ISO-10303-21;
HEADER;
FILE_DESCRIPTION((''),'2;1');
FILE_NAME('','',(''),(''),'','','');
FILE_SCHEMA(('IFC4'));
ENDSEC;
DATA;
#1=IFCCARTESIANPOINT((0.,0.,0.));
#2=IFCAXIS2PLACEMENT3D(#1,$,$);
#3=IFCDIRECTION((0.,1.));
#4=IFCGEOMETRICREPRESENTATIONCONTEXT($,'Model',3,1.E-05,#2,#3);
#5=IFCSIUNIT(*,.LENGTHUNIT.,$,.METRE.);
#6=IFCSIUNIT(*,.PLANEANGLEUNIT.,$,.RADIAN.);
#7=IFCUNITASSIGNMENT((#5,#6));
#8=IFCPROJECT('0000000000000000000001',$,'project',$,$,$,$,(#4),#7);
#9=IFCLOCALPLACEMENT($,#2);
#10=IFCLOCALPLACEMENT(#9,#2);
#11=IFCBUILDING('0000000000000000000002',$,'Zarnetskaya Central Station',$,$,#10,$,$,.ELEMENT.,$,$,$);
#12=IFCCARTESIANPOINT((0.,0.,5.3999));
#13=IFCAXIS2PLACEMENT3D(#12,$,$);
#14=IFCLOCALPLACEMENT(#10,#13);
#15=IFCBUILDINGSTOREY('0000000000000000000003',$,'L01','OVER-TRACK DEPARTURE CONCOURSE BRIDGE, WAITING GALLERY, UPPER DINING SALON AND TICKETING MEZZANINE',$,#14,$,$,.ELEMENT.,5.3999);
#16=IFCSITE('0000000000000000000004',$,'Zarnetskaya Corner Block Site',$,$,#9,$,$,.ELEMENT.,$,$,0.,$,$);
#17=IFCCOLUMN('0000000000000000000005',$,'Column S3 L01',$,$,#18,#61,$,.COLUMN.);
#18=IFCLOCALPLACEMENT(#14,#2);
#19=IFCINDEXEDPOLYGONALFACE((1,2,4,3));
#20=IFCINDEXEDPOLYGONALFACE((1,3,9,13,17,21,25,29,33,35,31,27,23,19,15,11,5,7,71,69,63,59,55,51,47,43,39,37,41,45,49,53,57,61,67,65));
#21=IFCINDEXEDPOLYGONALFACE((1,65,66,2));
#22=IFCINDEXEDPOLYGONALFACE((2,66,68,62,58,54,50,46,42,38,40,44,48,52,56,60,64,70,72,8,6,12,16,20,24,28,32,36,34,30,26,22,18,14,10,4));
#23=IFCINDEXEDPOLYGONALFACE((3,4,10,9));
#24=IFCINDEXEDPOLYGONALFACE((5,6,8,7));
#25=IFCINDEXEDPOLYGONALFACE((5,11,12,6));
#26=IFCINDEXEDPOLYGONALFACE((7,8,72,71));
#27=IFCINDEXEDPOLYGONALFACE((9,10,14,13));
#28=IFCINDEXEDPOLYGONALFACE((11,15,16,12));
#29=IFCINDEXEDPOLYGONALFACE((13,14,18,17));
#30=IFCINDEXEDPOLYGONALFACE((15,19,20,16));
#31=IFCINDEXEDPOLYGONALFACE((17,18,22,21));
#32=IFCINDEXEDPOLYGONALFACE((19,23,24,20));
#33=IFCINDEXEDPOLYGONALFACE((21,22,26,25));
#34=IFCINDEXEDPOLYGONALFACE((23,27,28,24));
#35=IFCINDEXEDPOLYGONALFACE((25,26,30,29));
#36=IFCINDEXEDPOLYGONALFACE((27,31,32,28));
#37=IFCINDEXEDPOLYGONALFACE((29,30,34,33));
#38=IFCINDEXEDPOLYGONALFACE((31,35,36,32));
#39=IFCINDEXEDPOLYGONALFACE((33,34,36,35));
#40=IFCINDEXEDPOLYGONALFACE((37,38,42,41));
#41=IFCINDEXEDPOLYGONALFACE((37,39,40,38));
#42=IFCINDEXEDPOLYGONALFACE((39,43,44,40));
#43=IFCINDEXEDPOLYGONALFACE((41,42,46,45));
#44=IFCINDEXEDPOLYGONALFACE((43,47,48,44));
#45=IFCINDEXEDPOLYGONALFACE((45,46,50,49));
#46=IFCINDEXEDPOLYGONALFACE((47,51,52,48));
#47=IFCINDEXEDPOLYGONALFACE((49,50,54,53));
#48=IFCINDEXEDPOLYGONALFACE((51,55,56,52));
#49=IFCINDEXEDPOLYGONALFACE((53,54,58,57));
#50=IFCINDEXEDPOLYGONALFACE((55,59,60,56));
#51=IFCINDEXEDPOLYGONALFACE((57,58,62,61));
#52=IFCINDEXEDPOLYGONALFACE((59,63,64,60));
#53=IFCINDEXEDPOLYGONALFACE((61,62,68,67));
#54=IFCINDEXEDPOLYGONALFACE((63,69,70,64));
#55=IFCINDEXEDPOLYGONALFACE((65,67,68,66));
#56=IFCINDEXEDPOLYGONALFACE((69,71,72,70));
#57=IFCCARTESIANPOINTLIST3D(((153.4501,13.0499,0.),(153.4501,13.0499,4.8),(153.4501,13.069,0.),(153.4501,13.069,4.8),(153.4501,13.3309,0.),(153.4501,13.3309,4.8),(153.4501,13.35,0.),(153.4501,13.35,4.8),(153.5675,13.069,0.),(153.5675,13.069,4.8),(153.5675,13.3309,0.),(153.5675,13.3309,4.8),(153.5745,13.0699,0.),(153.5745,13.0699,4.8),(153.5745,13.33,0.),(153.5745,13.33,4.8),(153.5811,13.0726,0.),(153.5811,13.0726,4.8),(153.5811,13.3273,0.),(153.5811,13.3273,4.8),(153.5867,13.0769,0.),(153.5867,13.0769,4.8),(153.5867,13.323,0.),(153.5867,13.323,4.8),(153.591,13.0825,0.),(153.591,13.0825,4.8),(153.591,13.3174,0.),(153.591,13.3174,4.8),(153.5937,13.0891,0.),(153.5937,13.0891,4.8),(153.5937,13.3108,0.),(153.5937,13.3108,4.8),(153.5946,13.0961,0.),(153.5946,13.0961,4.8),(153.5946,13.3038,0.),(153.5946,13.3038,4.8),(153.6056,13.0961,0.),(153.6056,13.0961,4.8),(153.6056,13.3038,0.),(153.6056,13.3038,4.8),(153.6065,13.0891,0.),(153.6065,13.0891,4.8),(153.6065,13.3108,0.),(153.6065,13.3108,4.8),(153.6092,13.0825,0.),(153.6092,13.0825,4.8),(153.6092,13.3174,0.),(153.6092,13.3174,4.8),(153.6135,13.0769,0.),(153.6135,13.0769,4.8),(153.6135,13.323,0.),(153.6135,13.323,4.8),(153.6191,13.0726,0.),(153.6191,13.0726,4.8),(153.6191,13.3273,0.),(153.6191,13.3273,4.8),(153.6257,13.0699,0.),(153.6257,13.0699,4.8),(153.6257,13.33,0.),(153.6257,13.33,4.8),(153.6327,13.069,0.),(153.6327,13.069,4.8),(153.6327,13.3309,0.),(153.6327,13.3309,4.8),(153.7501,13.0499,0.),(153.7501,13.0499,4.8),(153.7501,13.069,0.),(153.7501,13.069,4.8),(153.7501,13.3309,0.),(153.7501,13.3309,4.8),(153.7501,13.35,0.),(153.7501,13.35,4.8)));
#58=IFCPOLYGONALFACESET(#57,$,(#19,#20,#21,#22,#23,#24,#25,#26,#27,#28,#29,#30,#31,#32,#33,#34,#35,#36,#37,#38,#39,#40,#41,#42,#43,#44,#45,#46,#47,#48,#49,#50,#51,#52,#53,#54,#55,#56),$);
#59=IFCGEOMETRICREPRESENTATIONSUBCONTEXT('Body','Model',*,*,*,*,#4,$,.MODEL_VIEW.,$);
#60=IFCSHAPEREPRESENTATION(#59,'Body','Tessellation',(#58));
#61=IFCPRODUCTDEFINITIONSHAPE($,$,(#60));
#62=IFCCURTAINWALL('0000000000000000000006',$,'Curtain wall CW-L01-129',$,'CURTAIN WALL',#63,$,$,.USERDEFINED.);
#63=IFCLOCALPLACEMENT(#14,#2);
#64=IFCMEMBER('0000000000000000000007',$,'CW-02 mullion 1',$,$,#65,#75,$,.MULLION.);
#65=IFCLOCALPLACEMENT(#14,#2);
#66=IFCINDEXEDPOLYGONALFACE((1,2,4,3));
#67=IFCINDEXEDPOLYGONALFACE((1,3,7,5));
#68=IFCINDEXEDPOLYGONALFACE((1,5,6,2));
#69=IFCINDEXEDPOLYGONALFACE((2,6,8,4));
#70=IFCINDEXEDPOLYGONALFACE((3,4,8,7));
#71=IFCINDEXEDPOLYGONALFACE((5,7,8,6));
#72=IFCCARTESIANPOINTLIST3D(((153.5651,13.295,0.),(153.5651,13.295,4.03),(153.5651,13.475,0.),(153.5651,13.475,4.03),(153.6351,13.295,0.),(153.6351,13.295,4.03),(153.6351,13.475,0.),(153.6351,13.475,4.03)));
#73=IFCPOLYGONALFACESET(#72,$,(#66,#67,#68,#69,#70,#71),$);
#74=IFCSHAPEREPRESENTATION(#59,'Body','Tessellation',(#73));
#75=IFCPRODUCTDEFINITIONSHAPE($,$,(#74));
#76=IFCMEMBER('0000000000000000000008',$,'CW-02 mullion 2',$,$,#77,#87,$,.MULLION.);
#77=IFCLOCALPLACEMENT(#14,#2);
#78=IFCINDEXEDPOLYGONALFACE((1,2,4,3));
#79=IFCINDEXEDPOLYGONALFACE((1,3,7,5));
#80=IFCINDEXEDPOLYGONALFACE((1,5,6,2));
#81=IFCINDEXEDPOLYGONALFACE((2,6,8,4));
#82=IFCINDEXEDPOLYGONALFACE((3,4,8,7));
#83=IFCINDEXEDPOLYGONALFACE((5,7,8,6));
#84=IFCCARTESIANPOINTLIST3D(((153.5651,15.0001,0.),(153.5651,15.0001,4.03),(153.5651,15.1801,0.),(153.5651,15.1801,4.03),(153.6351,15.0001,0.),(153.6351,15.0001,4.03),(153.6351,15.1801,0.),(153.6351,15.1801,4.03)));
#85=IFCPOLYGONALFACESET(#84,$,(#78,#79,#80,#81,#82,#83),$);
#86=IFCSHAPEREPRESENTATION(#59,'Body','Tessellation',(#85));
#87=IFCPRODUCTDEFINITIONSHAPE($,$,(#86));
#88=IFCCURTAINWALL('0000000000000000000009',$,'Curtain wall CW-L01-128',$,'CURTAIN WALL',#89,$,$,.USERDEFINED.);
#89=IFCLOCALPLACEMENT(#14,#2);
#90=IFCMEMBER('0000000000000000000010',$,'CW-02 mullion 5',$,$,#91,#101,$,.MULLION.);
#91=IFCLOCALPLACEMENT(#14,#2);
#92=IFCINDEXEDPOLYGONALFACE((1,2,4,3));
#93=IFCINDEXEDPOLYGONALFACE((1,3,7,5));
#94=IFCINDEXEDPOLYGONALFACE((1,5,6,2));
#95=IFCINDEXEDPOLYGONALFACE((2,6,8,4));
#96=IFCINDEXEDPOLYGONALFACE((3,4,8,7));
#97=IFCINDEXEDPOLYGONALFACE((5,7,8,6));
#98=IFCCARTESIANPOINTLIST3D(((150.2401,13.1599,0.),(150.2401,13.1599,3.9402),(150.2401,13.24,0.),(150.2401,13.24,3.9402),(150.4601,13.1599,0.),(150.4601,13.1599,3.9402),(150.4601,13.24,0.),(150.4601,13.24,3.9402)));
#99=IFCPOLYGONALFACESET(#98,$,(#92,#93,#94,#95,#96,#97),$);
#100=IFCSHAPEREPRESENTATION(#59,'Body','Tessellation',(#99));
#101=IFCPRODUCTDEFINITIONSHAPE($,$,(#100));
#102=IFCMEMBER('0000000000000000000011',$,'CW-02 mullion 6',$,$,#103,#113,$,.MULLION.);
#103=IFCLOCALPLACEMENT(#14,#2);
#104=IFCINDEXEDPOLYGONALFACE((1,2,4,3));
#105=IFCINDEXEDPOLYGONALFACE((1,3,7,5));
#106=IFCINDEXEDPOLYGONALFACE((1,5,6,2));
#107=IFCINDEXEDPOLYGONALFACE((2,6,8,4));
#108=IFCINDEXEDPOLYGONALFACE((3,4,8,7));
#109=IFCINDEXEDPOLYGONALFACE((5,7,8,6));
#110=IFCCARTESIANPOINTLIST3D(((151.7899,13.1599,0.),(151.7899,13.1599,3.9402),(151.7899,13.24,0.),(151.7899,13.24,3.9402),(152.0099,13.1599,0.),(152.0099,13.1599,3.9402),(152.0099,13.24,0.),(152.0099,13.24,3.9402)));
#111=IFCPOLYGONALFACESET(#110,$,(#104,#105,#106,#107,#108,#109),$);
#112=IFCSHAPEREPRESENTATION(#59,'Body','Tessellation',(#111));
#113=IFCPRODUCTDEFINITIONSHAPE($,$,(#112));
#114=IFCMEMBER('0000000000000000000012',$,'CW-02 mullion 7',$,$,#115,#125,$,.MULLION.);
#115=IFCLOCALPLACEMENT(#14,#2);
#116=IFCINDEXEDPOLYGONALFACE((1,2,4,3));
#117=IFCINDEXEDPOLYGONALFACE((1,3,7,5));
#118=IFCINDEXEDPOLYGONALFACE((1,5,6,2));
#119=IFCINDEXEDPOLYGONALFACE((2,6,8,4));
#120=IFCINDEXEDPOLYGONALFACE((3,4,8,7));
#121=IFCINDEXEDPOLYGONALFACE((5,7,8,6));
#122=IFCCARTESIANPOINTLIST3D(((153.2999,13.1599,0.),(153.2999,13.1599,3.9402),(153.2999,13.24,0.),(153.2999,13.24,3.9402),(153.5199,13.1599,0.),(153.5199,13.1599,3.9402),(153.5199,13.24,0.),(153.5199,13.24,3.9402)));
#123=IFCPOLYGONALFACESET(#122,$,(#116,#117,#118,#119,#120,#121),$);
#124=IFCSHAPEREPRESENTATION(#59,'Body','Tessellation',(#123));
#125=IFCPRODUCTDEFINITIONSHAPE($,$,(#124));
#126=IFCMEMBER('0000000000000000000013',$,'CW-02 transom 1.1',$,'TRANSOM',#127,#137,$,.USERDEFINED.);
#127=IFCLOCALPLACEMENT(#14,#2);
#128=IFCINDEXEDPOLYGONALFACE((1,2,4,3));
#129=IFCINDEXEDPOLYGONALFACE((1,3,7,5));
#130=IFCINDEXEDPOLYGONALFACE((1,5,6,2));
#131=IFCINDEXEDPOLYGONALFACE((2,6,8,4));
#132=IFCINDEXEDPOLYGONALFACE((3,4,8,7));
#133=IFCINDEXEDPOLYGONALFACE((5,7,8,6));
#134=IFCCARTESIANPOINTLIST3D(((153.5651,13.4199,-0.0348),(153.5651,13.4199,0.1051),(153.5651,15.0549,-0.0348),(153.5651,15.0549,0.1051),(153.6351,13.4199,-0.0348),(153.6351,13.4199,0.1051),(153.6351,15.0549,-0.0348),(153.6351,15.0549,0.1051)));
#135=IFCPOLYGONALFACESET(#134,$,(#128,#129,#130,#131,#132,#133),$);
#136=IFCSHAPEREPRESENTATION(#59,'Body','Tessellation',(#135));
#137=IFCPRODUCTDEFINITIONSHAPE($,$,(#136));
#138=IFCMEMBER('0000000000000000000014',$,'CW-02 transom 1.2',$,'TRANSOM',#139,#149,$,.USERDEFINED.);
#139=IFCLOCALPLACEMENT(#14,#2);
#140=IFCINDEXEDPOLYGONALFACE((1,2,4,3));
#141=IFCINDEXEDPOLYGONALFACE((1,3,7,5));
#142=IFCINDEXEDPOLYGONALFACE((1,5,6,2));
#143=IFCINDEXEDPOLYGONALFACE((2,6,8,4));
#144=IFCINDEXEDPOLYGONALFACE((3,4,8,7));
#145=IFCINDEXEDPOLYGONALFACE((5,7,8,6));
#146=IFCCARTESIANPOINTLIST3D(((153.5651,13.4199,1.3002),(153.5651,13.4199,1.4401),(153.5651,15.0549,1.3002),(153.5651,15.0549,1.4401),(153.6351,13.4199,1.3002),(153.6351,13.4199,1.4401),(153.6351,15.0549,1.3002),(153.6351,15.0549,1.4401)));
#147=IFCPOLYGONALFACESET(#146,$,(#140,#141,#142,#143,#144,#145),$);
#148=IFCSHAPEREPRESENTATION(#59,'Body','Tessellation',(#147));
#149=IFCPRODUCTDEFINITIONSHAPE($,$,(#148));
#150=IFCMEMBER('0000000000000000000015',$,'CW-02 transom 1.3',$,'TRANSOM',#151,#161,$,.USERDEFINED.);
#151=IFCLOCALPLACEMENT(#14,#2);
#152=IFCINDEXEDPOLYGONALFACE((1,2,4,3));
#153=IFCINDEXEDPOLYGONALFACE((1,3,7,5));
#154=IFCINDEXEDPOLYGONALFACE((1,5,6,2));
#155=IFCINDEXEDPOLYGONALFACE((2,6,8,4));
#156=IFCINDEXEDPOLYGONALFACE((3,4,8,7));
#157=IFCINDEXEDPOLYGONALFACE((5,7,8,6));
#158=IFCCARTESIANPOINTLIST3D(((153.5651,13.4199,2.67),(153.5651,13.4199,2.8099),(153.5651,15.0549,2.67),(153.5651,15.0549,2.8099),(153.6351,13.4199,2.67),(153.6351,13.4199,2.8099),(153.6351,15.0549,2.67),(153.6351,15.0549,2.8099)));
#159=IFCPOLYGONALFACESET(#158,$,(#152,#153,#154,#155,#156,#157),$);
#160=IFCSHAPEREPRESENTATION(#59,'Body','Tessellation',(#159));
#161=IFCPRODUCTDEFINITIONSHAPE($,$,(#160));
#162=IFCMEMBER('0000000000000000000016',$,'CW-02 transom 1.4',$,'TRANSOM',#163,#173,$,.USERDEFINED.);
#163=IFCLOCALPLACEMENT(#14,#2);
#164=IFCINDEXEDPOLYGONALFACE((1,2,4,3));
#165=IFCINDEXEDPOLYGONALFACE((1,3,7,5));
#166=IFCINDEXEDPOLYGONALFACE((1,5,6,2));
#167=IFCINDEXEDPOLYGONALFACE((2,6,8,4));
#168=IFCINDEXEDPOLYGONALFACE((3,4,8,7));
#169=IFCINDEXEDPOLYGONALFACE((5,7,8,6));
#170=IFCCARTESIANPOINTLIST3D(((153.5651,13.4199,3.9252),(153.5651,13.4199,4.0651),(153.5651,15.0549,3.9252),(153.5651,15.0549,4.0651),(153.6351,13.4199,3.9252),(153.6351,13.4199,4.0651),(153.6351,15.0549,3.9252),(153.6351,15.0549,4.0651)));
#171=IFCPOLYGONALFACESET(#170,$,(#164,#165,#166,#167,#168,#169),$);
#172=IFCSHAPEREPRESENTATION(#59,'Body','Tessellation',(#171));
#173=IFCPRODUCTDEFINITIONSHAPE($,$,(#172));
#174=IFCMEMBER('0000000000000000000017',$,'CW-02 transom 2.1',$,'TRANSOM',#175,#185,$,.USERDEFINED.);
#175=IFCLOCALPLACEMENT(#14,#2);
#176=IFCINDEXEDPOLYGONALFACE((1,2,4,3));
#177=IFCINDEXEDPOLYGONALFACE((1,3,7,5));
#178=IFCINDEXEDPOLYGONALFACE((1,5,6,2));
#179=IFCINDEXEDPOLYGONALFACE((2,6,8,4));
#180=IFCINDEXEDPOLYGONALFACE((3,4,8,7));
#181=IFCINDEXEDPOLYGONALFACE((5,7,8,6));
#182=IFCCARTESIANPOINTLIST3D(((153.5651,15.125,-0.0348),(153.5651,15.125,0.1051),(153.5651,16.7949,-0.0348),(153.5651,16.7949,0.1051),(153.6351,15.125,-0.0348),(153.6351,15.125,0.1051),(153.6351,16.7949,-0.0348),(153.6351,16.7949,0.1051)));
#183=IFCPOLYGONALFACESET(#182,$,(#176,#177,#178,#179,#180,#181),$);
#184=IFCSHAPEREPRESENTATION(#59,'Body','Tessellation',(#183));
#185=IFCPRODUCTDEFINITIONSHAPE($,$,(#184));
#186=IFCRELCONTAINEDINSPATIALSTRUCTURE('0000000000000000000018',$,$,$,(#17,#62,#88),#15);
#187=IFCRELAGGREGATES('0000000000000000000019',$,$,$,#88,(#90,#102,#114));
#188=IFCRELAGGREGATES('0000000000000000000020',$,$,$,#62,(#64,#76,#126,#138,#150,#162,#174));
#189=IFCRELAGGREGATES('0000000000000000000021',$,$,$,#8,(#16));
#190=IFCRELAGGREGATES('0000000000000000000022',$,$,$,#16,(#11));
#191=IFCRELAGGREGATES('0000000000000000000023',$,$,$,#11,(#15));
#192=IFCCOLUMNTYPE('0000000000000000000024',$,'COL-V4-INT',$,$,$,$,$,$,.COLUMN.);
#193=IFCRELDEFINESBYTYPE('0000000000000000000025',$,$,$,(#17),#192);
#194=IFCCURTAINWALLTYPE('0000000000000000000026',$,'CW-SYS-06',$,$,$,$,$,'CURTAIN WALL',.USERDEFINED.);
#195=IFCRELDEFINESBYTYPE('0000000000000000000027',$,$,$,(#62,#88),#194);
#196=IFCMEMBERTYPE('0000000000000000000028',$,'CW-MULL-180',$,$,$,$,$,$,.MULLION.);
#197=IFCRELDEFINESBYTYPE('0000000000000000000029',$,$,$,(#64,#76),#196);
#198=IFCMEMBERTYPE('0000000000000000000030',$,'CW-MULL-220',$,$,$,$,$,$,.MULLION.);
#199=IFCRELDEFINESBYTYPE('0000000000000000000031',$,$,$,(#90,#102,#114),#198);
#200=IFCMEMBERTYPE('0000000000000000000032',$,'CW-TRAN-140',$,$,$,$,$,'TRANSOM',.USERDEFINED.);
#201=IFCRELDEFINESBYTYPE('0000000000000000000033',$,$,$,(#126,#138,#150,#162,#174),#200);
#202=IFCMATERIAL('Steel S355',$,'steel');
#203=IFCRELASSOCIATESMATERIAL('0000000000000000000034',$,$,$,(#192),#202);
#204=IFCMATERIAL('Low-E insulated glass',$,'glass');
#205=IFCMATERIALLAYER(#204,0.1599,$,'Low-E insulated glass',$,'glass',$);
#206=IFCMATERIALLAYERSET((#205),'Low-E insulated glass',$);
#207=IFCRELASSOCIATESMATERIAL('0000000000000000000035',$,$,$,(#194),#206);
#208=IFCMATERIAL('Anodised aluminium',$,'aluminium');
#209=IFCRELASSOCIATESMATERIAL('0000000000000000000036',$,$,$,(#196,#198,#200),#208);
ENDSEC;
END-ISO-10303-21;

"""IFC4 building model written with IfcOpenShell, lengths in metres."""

from ifc_helpers import new_model, si_unit, direction, frame, origin, origin_2d, place, context, subcontext, project, spatial, rectangle, i_section, extrude, material, layer, layer_set, material_profile, profile_set, type_object, element, aggregate, save


model = new_model("IFC4")

# Units and contexts
model_context = context("Model", 3, precision=1e-05, world=origin(), true_north=direction((0.0, 1.0)))
body_context = subcontext(model_context, "Body", "Model", "MODEL_VIEW")
ifc_project = project(units=[si_unit("LENGTHUNIT", "METRE"), si_unit("PLANEANGLEUNIT", "RADIAN")], contexts=[model_context])

# Site, building, storey
site_placement = place(None, origin())
site = spatial("IfcSite", under=ifc_project, at=site_placement, Name="Zarnetskaya Corner Block Site", CompositionType="ELEMENT", RefElevation=0.0)
building_placement = place(site_placement, origin())
building = spatial("IfcBuilding", under=site, at=building_placement, Name="Zarnetskaya Central Station", CompositionType="ELEMENT")
storey_placement = place(building_placement, frame((0.0, 0.0, 5.3999)))
storey = spatial("IfcBuildingStorey", under=building, at=storey_placement, Name="L01", Description="OVER-TRACK DEPARTURE CONCOURSE BRIDGE, WAITING GALLERY, UPPER DINING SALON AND TICKETING MEZZANINE", CompositionType="ELEMENT", Elevation=5.3999)

# Column
ifc_material_1 = material(Name="Steel S355", Category="steel")
ifc_material_profile_1 = material_profile(ifc_material_1, i_section(OverallWidth=0.3, OverallDepth=0.3, WebThickness=0.011, FlangeThickness=0.019, FilletRadius=0.0271, at=origin_2d()), Name="HEB 300")
ifc_profile_set_1 = profile_set([ifc_material_profile_1], Name="Steel S355")
column_type = type_object("IfcColumnType", Name="COL-V4-INT", PredefinedType="COLUMN", material=ifc_profile_set_1)
column_placement = place(storey_placement, frame((153.6001, 13.2, 0.0), z_axis=(0.0, 0.0, 1.0), x_axis=(1.0, 0.0, 0.0)))
element("IfcColumn", 1, at=column_placement, inside=storey, type_object=column_type, Name="Column S3 L01", PredefinedType="COLUMN", context=body_context, shape_type="SweptSolid", body=[
    extrude(i_section(OverallWidth=0.3, OverallDepth=0.3, WebThickness=0.011, FlangeThickness=0.019, FilletRadius=0.0271, at=origin_2d()), origin(), (0.0, 0.0, 1.0), 4.8),
])

# Curtain walls, members
ifc_material_2 = material(Name="Low-E insulated glass", Category="glass")
ifc_layer_1 = layer(ifc_material_2, 0.1599, Name="Low-E insulated glass", Category="glass")
ifc_layer_set_1 = layer_set([ifc_layer_1], Name="Low-E insulated glass")
curtain_wall_type = type_object("IfcCurtainWallType", Name="CW-SYS-06", ElementType="CURTAIN WALL", PredefinedType="USERDEFINED", material=ifc_layer_set_1)
curtain_wall_1_placement = place(storey_placement, origin())
curtain_wall_1 = element("IfcCurtainWall", 2, at=curtain_wall_1_placement, inside=storey, type_object=curtain_wall_type, Name="Curtain wall CW-L01-129", ObjectType="CURTAIN WALL", PredefinedType="USERDEFINED")
ifc_material_3 = material(Name="Anodised aluminium", Category="aluminium")
ifc_material_profile_2 = material_profile(ifc_material_3, rectangle(XDim=0.0701, YDim=0.1799, at=origin_2d()), Name="ALU MULL 70x180")
ifc_profile_set_2 = profile_set([ifc_material_profile_2], Name="Anodised aluminium")
member_type_1 = type_object("IfcMemberType", Name="CW-MULL-180", PredefinedType="MULLION", material=ifc_profile_set_2)
member_1_placement = place(storey_placement, frame((153.6001, 13.385, 0.0), z_axis=(0.0, 0.0, 1.0), x_axis=(-1.0, 0.0, 0.0)))
member_1 = element("IfcMember", 3, at=member_1_placement, type_object=member_type_1, Name="CW-02 mullion 1", PredefinedType="MULLION", context=body_context, shape_type="SweptSolid", body=[
    extrude(rectangle(XDim=0.0701, YDim=0.1799, at=origin_2d()), origin(), (0.0, 0.0, 1.0), 4.03),
])
member_2_placement = place(storey_placement, frame((153.6001, 15.0901, 0.0), z_axis=(0.0, 0.0, 1.0), x_axis=(-1.0, 0.0, 0.0)))
member_2 = element("IfcMember", 4, at=member_2_placement, type_object=member_type_1, Name="CW-02 mullion 2", PredefinedType="MULLION", context=body_context, shape_type="SweptSolid", body=[
    extrude(rectangle(XDim=0.0701, YDim=0.1799, at=origin_2d()), origin(), (0.0, 0.0, 1.0), 4.03),
])
curtain_wall_2_placement = place(storey_placement, origin())
curtain_wall_2 = element("IfcCurtainWall", 5, at=curtain_wall_2_placement, inside=storey, type_object=curtain_wall_type, Name="Curtain wall CW-L01-128", ObjectType="CURTAIN WALL", PredefinedType="USERDEFINED")
ifc_material_profile_3 = material_profile(ifc_material_3, rectangle(XDim=0.0801, YDim=0.22, at=origin_2d()), Name="ALU MULL 80x220")
ifc_profile_set_3 = profile_set([ifc_material_profile_3], Name="Anodised aluminium")
member_type_2 = type_object("IfcMemberType", Name="CW-MULL-220", PredefinedType="MULLION", material=ifc_profile_set_3)
member_3_placement = place(storey_placement, frame((150.3501, 13.2, 0.0), z_axis=(0.0, 0.0, 1.0), x_axis=(0.0, 1.0, 0.0)))
member_3 = element("IfcMember", 6, at=member_3_placement, type_object=member_type_2, Name="CW-02 mullion 5", PredefinedType="MULLION", context=body_context, shape_type="SweptSolid", body=[
    extrude(rectangle(XDim=0.0801, YDim=0.22, at=origin_2d()), origin(), (0.0, 0.0, 1.0), 3.9402),
])
member_4_placement = place(storey_placement, frame((151.8999, 13.2, 0.0), z_axis=(0.0, 0.0, 1.0), x_axis=(0.0, 1.0, 0.0)))
member_4 = element("IfcMember", 7, at=member_4_placement, type_object=member_type_2, Name="CW-02 mullion 6", PredefinedType="MULLION", context=body_context, shape_type="SweptSolid", body=[
    extrude(rectangle(XDim=0.0801, YDim=0.22, at=origin_2d()), origin(), (0.0, 0.0, 1.0), 3.9402),
])
member_5_placement = place(storey_placement, frame((153.4099, 13.2, 0.0), z_axis=(0.0, 0.0, 1.0), x_axis=(0.0, 1.0, 0.0)))
member_5 = element("IfcMember", 8, at=member_5_placement, type_object=member_type_2, Name="CW-02 mullion 7", PredefinedType="MULLION", context=body_context, shape_type="SweptSolid", body=[
    extrude(rectangle(XDim=0.0801, YDim=0.22, at=origin_2d()), origin(), (0.0, 0.0, 1.0), 3.9402),
])

# Members
ifc_material_profile_4 = material_profile(ifc_material_3, rectangle(XDim=0.0701, YDim=0.1399, at=origin_2d()), Name="ALU TRAN 70x140")
ifc_profile_set_4 = profile_set([ifc_material_profile_4], Name="Anodised aluminium")
member_type_3 = type_object("IfcMemberType", Name="CW-TRAN-140", ElementType="TRANSOM", PredefinedType="USERDEFINED", material=ifc_profile_set_4)
member_6_placement = place(storey_placement, frame((153.6001, 13.4199, 0.0352), z_axis=(0.0, 1.0, 0.0), x_axis=(-1.0, 0.0, 0.0)))
member_6 = element("IfcMember", 9, at=member_6_placement, type_object=member_type_3, Name="CW-02 transom 1.1", ObjectType="TRANSOM", PredefinedType="USERDEFINED", context=body_context, shape_type="SweptSolid", body=[
    extrude(rectangle(XDim=0.0701, YDim=0.1399, at=origin_2d()), origin(), (0.0, 0.0, 1.0), 1.635),
])
member_7_placement = place(storey_placement, frame((153.6001, 13.4199, 1.3701), z_axis=(0.0, 1.0, 0.0), x_axis=(-1.0, 0.0, 0.0)))
member_7 = element("IfcMember", 10, at=member_7_placement, type_object=member_type_3, Name="CW-02 transom 1.2", ObjectType="TRANSOM", PredefinedType="USERDEFINED", context=body_context, shape_type="SweptSolid", body=[
    extrude(rectangle(XDim=0.0701, YDim=0.1399, at=origin_2d()), origin(), (0.0, 0.0, 1.0), 1.635),
])
member_8_placement = place(storey_placement, frame((153.6001, 13.4199, 2.74), z_axis=(0.0, 1.0, 0.0), x_axis=(-1.0, 0.0, 0.0)))
member_8 = element("IfcMember", 11, at=member_8_placement, type_object=member_type_3, Name="CW-02 transom 1.3", ObjectType="TRANSOM", PredefinedType="USERDEFINED", context=body_context, shape_type="SweptSolid", body=[
    extrude(rectangle(XDim=0.0701, YDim=0.1399, at=origin_2d()), origin(), (0.0, 0.0, 1.0), 1.635),
])
member_9_placement = place(storey_placement, frame((153.6001, 13.4199, 3.9951), z_axis=(0.0, 1.0, 0.0), x_axis=(-1.0, 0.0, 0.0)))
member_9 = element("IfcMember", 12, at=member_9_placement, type_object=member_type_3, Name="CW-02 transom 1.4", ObjectType="TRANSOM", PredefinedType="USERDEFINED", context=body_context, shape_type="SweptSolid", body=[
    extrude(rectangle(XDim=0.0701, YDim=0.1399, at=origin_2d()), origin(), (0.0, 0.0, 1.0), 1.635),
])
member_10_placement = place(storey_placement, frame((153.6001, 15.125, 0.0352), z_axis=(0.0, 1.0, 0.0), x_axis=(-1.0, 0.0, 0.0)))
member_10 = element("IfcMember", 13, at=member_10_placement, type_object=member_type_3, Name="CW-02 transom 2.1", ObjectType="TRANSOM", PredefinedType="USERDEFINED", context=body_context, shape_type="SweptSolid", body=[
    extrude(rectangle(XDim=0.0701, YDim=0.1399, at=origin_2d()), origin(), (0.0, 0.0, 1.0), 1.6699),
])

aggregate(curtain_wall_2, [member_3, member_4, member_5])
aggregate(curtain_wall_1, [member_1, member_2, member_6, member_7, member_8, member_9, member_10])

save(model, "model.ifc")
